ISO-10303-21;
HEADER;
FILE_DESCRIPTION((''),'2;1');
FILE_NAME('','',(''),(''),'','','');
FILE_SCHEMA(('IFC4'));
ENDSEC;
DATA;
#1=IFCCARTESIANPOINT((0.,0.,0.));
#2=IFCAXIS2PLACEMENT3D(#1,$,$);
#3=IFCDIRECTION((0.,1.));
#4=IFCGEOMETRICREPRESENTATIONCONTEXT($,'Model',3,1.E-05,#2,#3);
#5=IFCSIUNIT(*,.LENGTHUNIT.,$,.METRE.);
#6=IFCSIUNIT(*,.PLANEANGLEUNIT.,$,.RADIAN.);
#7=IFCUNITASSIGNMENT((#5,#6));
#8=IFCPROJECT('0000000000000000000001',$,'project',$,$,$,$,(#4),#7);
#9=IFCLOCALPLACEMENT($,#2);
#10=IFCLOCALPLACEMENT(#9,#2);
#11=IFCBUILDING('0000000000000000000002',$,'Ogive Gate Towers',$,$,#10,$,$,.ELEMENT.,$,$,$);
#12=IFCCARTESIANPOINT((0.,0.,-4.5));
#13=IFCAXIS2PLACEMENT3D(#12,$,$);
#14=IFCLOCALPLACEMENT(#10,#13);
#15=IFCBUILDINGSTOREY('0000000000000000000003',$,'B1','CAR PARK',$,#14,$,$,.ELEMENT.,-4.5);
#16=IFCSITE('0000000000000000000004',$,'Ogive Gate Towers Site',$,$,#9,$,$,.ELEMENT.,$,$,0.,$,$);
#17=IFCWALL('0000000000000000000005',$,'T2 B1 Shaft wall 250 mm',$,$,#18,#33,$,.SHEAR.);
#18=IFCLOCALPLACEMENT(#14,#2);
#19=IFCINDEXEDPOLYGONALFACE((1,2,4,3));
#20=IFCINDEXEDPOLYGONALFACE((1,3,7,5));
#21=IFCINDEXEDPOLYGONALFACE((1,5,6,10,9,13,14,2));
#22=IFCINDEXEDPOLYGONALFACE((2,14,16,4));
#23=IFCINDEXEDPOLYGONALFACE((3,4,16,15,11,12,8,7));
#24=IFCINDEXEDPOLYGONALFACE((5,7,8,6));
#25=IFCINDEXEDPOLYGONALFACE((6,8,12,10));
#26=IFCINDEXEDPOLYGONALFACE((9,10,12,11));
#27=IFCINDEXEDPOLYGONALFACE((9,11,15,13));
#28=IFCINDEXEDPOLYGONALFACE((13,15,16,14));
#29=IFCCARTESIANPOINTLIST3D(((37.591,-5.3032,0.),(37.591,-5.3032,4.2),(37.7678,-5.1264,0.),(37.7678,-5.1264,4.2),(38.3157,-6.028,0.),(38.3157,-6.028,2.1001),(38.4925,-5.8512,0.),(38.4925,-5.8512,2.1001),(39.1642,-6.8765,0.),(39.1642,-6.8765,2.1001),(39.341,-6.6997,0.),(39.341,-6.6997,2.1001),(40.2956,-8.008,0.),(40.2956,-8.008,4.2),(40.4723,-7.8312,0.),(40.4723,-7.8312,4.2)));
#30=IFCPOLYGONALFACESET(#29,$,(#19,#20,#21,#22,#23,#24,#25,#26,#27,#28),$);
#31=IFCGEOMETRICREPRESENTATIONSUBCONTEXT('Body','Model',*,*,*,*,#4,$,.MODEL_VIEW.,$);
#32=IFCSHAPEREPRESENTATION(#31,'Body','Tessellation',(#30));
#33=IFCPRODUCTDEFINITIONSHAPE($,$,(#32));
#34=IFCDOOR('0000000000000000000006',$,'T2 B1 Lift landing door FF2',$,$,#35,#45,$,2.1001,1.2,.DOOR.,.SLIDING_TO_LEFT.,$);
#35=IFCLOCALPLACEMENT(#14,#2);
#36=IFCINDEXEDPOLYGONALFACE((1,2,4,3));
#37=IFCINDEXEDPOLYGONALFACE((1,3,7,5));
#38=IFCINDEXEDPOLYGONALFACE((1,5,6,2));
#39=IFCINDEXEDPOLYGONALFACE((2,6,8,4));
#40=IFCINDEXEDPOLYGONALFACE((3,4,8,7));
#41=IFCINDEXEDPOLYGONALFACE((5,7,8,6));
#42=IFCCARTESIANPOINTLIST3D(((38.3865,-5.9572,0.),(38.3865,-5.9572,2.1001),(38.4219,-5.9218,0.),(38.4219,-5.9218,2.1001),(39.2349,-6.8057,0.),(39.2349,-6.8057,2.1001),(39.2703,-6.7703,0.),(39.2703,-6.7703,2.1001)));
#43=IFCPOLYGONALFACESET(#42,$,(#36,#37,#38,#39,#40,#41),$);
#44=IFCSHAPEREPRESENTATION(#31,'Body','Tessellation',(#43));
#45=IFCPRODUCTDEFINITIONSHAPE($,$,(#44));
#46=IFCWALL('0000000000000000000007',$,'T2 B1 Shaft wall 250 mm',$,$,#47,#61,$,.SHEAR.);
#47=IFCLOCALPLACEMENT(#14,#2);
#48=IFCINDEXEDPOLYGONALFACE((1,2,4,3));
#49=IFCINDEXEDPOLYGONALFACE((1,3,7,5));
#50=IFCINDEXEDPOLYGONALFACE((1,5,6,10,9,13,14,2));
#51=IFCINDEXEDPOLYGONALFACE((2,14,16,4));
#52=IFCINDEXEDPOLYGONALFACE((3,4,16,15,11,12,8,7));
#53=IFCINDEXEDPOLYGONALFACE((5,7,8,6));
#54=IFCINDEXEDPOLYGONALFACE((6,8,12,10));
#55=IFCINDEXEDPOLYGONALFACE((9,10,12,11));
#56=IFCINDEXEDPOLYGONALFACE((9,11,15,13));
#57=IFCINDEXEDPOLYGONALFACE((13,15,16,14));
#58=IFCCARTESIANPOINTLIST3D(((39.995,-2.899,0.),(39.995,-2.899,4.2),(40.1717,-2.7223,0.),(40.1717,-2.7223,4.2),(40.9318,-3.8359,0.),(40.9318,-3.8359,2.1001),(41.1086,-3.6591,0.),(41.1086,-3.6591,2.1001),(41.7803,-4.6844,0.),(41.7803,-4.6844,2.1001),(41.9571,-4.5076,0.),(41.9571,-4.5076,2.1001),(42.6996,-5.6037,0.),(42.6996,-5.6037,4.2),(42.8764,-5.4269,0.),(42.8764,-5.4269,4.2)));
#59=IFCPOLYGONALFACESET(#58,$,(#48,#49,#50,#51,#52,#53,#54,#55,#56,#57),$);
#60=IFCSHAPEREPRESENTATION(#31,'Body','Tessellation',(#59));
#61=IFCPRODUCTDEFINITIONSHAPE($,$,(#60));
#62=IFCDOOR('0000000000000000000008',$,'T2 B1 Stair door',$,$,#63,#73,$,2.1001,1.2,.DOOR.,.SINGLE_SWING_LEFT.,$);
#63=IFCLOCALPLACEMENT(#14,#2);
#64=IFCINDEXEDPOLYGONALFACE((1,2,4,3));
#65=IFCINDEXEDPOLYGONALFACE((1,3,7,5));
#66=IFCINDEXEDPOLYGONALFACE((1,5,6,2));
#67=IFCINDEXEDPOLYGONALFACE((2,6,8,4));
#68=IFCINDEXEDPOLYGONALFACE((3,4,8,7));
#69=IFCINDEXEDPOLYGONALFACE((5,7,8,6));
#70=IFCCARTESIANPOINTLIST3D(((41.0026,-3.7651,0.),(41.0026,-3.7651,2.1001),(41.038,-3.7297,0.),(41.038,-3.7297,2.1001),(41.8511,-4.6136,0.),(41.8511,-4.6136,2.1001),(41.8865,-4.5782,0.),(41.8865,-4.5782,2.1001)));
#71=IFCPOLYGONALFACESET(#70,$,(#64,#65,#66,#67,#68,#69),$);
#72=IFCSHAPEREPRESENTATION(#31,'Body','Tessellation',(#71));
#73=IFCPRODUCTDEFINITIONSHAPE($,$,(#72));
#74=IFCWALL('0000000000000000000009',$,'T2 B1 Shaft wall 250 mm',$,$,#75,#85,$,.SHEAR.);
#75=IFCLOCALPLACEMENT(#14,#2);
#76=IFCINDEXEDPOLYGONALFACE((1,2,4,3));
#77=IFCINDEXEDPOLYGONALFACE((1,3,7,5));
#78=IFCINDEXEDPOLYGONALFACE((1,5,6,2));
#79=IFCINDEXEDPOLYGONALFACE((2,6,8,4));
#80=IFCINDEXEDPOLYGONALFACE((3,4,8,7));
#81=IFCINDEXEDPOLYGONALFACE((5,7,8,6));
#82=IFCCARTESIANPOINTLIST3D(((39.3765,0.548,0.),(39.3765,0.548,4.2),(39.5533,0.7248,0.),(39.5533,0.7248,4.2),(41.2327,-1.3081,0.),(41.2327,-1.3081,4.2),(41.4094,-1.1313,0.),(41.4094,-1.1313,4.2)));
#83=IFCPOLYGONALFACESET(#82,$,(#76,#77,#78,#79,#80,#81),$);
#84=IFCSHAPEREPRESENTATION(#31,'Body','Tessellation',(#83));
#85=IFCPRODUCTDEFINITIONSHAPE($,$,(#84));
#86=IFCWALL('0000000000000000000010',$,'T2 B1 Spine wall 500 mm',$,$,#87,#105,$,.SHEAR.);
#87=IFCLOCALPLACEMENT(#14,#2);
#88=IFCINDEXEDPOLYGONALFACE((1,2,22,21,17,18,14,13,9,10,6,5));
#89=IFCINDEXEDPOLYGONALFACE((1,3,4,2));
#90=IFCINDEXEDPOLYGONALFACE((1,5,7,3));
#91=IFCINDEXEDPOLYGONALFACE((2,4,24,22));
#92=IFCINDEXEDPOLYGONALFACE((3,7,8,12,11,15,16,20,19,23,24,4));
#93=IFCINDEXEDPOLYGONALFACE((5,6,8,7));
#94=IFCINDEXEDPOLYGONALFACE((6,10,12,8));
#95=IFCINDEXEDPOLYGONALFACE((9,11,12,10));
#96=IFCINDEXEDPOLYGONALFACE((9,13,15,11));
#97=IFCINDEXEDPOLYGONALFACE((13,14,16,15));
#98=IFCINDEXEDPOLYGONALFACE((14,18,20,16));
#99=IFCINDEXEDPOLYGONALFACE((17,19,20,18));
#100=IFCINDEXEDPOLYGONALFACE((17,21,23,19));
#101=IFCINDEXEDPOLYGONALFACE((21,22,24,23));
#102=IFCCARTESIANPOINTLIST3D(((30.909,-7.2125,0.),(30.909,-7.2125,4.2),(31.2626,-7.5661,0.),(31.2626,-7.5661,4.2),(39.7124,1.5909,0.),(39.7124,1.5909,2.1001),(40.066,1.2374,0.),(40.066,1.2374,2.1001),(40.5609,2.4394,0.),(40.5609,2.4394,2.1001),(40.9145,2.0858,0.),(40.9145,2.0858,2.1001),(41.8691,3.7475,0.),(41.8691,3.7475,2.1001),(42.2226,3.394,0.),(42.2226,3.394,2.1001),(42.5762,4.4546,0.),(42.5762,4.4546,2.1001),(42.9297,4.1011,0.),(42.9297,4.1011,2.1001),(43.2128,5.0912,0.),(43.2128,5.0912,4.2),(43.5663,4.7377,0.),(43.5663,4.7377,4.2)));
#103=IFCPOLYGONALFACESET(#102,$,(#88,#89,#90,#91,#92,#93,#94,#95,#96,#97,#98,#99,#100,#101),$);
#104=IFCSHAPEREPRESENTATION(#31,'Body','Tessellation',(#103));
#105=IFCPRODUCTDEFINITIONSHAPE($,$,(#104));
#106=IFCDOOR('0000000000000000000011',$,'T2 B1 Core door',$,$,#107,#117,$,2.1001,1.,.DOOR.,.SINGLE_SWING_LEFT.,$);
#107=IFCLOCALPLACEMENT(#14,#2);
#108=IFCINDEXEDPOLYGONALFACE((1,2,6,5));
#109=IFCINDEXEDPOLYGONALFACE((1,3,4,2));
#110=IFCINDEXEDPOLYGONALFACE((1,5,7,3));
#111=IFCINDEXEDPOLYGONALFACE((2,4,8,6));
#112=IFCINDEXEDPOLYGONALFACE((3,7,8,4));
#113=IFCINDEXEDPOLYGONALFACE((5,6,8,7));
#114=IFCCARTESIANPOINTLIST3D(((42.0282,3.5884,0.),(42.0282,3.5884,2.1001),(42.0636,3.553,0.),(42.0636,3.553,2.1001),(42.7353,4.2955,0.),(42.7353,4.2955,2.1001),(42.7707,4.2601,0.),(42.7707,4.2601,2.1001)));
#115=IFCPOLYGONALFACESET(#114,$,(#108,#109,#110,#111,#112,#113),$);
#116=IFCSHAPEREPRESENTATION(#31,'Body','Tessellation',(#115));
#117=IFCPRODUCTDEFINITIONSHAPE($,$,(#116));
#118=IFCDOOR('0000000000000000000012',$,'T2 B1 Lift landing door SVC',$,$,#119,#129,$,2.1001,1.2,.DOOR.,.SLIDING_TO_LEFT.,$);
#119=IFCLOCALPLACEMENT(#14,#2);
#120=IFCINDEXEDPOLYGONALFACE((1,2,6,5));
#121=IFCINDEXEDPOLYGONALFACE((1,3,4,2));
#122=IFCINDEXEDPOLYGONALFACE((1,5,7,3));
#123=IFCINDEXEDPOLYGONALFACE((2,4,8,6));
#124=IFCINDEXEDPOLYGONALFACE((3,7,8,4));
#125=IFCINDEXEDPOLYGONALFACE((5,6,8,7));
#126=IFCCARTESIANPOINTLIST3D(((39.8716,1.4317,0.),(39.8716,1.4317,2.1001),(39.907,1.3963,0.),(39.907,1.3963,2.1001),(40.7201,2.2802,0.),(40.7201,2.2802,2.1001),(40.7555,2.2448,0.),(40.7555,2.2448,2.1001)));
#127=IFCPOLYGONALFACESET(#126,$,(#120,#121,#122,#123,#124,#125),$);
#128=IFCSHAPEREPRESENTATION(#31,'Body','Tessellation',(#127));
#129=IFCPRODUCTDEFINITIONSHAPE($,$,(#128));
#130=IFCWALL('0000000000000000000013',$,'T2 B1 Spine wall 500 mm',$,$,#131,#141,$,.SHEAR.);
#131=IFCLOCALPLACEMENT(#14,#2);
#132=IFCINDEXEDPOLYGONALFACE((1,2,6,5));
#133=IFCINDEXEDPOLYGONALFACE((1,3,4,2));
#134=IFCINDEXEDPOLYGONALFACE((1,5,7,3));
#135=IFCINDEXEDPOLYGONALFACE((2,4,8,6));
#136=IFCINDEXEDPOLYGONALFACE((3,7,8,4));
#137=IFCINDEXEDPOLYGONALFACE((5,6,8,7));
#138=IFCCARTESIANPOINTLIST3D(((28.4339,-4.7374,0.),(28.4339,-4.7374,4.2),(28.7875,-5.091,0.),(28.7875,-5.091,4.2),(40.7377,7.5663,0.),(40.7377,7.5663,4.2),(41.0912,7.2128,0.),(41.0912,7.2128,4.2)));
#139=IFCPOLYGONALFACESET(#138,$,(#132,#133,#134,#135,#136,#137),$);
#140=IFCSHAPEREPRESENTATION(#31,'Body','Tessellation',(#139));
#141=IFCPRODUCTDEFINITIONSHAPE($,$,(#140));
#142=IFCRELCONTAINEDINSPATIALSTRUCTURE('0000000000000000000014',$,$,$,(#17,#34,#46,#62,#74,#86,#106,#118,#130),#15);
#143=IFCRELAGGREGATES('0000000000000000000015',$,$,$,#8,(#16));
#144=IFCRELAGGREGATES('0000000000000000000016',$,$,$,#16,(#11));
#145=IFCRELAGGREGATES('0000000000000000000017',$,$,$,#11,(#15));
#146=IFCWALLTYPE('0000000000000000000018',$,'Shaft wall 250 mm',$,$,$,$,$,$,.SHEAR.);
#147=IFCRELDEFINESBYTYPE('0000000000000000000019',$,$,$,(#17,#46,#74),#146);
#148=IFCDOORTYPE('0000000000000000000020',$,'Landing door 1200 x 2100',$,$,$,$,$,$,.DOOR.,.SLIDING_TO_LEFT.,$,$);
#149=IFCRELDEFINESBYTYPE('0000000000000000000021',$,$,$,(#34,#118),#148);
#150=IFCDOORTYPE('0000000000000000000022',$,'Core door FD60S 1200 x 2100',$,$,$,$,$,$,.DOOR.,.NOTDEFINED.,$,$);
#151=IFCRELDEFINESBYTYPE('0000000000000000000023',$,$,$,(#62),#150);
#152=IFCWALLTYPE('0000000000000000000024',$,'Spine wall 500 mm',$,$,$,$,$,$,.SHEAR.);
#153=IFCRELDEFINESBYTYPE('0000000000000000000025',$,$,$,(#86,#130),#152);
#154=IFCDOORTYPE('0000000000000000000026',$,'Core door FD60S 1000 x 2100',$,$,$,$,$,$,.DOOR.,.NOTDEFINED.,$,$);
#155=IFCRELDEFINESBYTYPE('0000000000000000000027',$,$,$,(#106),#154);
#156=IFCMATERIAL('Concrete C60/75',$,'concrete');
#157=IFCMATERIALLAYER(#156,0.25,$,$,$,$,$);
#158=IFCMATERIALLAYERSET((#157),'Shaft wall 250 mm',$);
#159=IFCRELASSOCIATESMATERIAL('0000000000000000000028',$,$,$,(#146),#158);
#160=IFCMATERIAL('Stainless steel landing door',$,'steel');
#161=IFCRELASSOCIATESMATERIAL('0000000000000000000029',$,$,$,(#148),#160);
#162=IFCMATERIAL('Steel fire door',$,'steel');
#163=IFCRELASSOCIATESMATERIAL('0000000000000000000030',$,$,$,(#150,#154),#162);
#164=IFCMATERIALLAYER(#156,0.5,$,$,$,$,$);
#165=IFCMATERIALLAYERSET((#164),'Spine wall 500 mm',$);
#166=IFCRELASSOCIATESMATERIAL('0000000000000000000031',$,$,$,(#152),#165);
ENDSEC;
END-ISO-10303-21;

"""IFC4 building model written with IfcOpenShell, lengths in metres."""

from ifc_helpers import new_model, si_unit, direction, frame, frame_2d, origin, place, context, subcontext, project, spatial, rectangle, extrude, material, layer, layer_set, type_object, element, fill, save


model = new_model("IFC4")

# Units and contexts
model_context = context("Model", 3, precision=1e-05, world=origin(), true_north=direction((0.0, 1.0)))
body_context = subcontext(model_context, "Body", "Model", "MODEL_VIEW")
ifc_project = project(units=[si_unit("LENGTHUNIT", "METRE"), si_unit("PLANEANGLEUNIT", "RADIAN")], contexts=[model_context])

# Site, building, storey
site_placement = place(None, origin())
site = spatial("IfcSite", under=ifc_project, at=site_placement, Name="Ogive Gate Towers Site", CompositionType="ELEMENT", RefElevation=0.0)
building_placement = place(site_placement, origin())
building = spatial("IfcBuilding", under=site, at=building_placement, Name="Ogive Gate Towers", CompositionType="ELEMENT")
storey_placement = place(building_placement, frame((0.0, 0.0, -4.5)))
storey = spatial("IfcBuildingStorey", under=building, at=storey_placement, Name="B1", Description="CAR PARK", CompositionType="ELEMENT", Elevation=-4.5)

# Shared definitions
ifc_material_1 = material(Name="Concrete C60/75", Category="concrete")
ifc_layer_1 = layer(ifc_material_1, 0.25)
ifc_layer_set_1 = layer_set([ifc_layer_1], Name="Shaft wall 250 mm")
wall_type_1 = type_object("IfcWallType", Name="Shaft wall 250 mm", PredefinedType="SHEAR", material=ifc_layer_set_1)

# Walls, openings, doors
wall_1_placement = place(storey_placement, frame((40.384, -7.9197, 0.0), z_axis=(0.0, 0.0, 1.0), x_axis=(-0.707075, 0.707139, 0.0)))
wall_1 = element("IfcWall", 1, at=wall_1_placement, inside=storey, type_object=wall_type_1, Name="T2 B1 Shaft wall 250 mm", PredefinedType="SHEAR", context=body_context, shape_type="SweptSolid", body=[
    extrude(rectangle(XDim=3.825, YDim=0.25, at=frame_2d((1.9126, 0.0))), origin(), (0.0, 0.0, 1.0), 4.2),
])
opening_1_placement = place(wall_1_placement, frame((1.6001, 0.0, 0.0)))
opening_1 = element("IfcOpeningElement", 2, at=opening_1_placement, cuts=wall_1, PredefinedType="OPENING", context=body_context, shape_type="SweptSolid", body=[
    extrude(rectangle(XDim=1.2, YDim=2.1001, at=frame_2d((0.6001, 1.05))), frame((0.0, 0.135, 0.0), z_axis=(0.0, -1.0, 0.0), x_axis=(1.0, 0.0, 0.0)), (0.0, 0.0, 1.0), 0.27),
])
ifc_material_2 = material(Name="Stainless steel landing door", Category="steel")
door_type_1 = type_object("IfcDoorType", Name="Landing door 1200 x 2100", OperationType="SLIDING_TO_LEFT", PredefinedType="DOOR", material=ifc_material_2)
door_1_placement = place(opening_1_placement, origin())
door_1 = element("IfcDoor", 3, at=door_1_placement, inside=storey, type_object=door_type_1, Name="T2 B1 Lift landing door FF2", OperationType="SLIDING_TO_LEFT", OverallHeight=2.1001, OverallWidth=1.2, PredefinedType="DOOR", context=body_context, shape_type="SweptSolid", body=[
    extrude(rectangle(XDim=1.2, YDim=2.1001, at=frame_2d((0.6001, 1.05))), frame((0.0, 0.0249, 0.0), z_axis=(0.0, -1.0, 0.0), x_axis=(1.0, 0.0, 0.0)), (0.0, 0.0, 1.0), 0.05),
])
fill(opening_1, door_1)
wall_2_placement = place(storey_placement, frame((42.7881, -5.5154, 0.0), z_axis=(0.0, 0.0, 1.0), x_axis=(-0.707107, 0.707107, 0.0)))
wall_2 = element("IfcWall", 4, at=wall_2_placement, inside=storey, type_object=wall_type_1, Name="T2 B1 Shaft wall 250 mm", PredefinedType="SHEAR", context=body_context, shape_type="SweptSolid", body=[
    extrude(rectangle(XDim=3.825, YDim=0.25, at=frame_2d((1.9126, 0.0))), origin(), (0.0, 0.0, 1.0), 4.2),
])
opening_2_placement = place(wall_2_placement, frame((1.3, 0.0, 0.0)))
opening_2 = element("IfcOpeningElement", 5, at=opening_2_placement, cuts=wall_2, PredefinedType="OPENING", context=body_context, shape_type="SweptSolid", body=[
    extrude(rectangle(XDim=1.2, YDim=2.1001, at=frame_2d((0.6001, 1.05))), frame((0.0, 0.135, 0.0), z_axis=(0.0, -1.0, 0.0), x_axis=(1.0, 0.0, 0.0)), (0.0, 0.0, 1.0), 0.27),
])
ifc_material_3 = material(Name="Steel fire door", Category="steel")
door_type_2 = type_object("IfcDoorType", Name="Core door FD60S 1200 x 2100", OperationType="NOTDEFINED", PredefinedType="DOOR", material=ifc_material_3)
door_2_placement = place(opening_2_placement, origin())
door_2 = element("IfcDoor", 6, at=door_2_placement, inside=storey, type_object=door_type_2, Name="T2 B1 Stair door", OperationType="SINGLE_SWING_LEFT", OverallHeight=2.1001, OverallWidth=1.2, PredefinedType="DOOR", context=body_context, shape_type="SweptSolid", body=[
    extrude(rectangle(XDim=1.2, YDim=2.1001, at=frame_2d((0.6001, 1.05))), frame((0.0, 0.0249, 0.0), z_axis=(0.0, -1.0, 0.0), x_axis=(1.0, 0.0, 0.0)), (0.0, 0.0, 1.0), 0.05),
])
fill(opening_2, door_2)

# Wall
wall_3_placement = place(storey_placement, frame((41.321, -1.2197, 0.0), z_axis=(0.0, 0.0, 1.0), x_axis=(-0.707107, 0.707107, 0.0)))
element("IfcWall", 7, at=wall_3_placement, inside=storey, type_object=wall_type_1, Name="T2 B1 Shaft wall 250 mm", PredefinedType="SHEAR", context=body_context, shape_type="SweptSolid", body=[
    extrude(rectangle(XDim=2.625, YDim=0.25, at=frame_2d((1.3125, 0.0))), origin(), (0.0, 0.0, 1.0), 4.2),
])

# Wall, openings, doors
ifc_layer_2 = layer(ifc_material_1, 0.5)
ifc_layer_set_2 = layer_set([ifc_layer_2], Name="Spine wall 500 mm")
wall_type_2 = type_object("IfcWallType", Name="Spine wall 500 mm", PredefinedType="SHEAR", material=ifc_layer_set_2)
wall_4_placement = place(storey_placement, frame((31.0857, -7.3894, 0.0), z_axis=(0.0, 0.0, 1.0), x_axis=(0.707107, 0.707107, 0.0)))
wall_4 = element("IfcWall", 8, at=wall_4_placement, inside=storey, type_object=wall_type_2, Name="T2 B1 Spine wall 500 mm", PredefinedType="SHEAR", context=body_context, shape_type="SweptSolid", body=[
    extrude(rectangle(XDim=17.4001, YDim=0.5, at=frame_2d((8.7002, 0.0))), origin(), (0.0, 0.0, 1.0), 4.2),
])
opening_3_placement = place(wall_4_placement, frame((12.45, 0.0, 0.0)))
opening_3 = element("IfcOpeningElement", 9, at=opening_3_placement, cuts=wall_4, PredefinedType="OPENING", context=body_context, shape_type="SweptSolid", body=[
    extrude(rectangle(XDim=1.2, YDim=2.1001, at=frame_2d((0.6001, 1.05))), frame((0.0, 0.26, 0.0), z_axis=(0.0, -1.0, 0.0), x_axis=(1.0, 0.0, 0.0)), (0.0, 0.0, 1.0), 0.52),
])
opening_4_placement = place(wall_4_placement, frame((15.5, 0.0, 0.0)))
opening_4 = element("IfcOpeningElement", 10, at=opening_4_placement, cuts=wall_4, PredefinedType="OPENING", context=body_context, shape_type="SweptSolid", body=[
    extrude(rectangle(XDim=1.0, YDim=2.1001, at=frame_2d((0.5, 1.05))), frame((0.0, 0.26, 0.0), z_axis=(0.0, -1.0, 0.0), x_axis=(1.0, 0.0, 0.0)), (0.0, 0.0, 1.0), 0.52),
])
door_type_3 = type_object("IfcDoorType", Name="Core door FD60S 1000 x 2100", OperationType="NOTDEFINED", PredefinedType="DOOR", material=ifc_material_3)
door_3_placement = place(opening_4_placement, origin())
door_3 = element("IfcDoor", 11, at=door_3_placement, inside=storey, type_object=door_type_3, Name="T2 B1 Core door", OperationType="SINGLE_SWING_LEFT", OverallHeight=2.1001, OverallWidth=1.0, PredefinedType="DOOR", context=body_context, shape_type="SweptSolid", body=[
    extrude(rectangle(XDim=1.0, YDim=2.1001, at=frame_2d((0.5, 1.05))), frame((0.0, 0.0249, 0.0), z_axis=(0.0, -1.0, 0.0), x_axis=(1.0, 0.0, 0.0)), (0.0, 0.0, 1.0), 0.05),
])
fill(opening_4, door_3)
door_4_placement = place(opening_3_placement, origin())
door_4 = element("IfcDoor", 12, at=door_4_placement, inside=storey, type_object=door_type_1, Name="T2 B1 Lift landing door SVC", OperationType="SLIDING_TO_LEFT", OverallHeight=2.1001, OverallWidth=1.2, PredefinedType="DOOR", context=body_context, shape_type="SweptSolid", body=[
    extrude(rectangle(XDim=1.2, YDim=2.1001, at=frame_2d((0.6001, 1.05))), frame((0.0, 0.0249, 0.0), z_axis=(0.0, -1.0, 0.0), x_axis=(1.0, 0.0, 0.0)), (0.0, 0.0, 1.0), 0.05),
])
fill(opening_3, door_4)

# Wall
wall_5_placement = place(storey_placement, frame((28.6106, -4.9143, 0.0), z_axis=(0.0, 0.0, 1.0), x_axis=(0.707107, 0.707107, 0.0)))
element("IfcWall", 13, at=wall_5_placement, inside=storey, type_object=wall_type_2, Name="T2 B1 Spine wall 500 mm", PredefinedType="SHEAR", context=body_context, shape_type="SweptSolid", body=[
    extrude(rectangle(XDim=17.4001, YDim=0.5, at=frame_2d((8.7002, 0.0))), origin(), (0.0, 0.0, 1.0), 4.2),
])

save(model, "model.ifc")
